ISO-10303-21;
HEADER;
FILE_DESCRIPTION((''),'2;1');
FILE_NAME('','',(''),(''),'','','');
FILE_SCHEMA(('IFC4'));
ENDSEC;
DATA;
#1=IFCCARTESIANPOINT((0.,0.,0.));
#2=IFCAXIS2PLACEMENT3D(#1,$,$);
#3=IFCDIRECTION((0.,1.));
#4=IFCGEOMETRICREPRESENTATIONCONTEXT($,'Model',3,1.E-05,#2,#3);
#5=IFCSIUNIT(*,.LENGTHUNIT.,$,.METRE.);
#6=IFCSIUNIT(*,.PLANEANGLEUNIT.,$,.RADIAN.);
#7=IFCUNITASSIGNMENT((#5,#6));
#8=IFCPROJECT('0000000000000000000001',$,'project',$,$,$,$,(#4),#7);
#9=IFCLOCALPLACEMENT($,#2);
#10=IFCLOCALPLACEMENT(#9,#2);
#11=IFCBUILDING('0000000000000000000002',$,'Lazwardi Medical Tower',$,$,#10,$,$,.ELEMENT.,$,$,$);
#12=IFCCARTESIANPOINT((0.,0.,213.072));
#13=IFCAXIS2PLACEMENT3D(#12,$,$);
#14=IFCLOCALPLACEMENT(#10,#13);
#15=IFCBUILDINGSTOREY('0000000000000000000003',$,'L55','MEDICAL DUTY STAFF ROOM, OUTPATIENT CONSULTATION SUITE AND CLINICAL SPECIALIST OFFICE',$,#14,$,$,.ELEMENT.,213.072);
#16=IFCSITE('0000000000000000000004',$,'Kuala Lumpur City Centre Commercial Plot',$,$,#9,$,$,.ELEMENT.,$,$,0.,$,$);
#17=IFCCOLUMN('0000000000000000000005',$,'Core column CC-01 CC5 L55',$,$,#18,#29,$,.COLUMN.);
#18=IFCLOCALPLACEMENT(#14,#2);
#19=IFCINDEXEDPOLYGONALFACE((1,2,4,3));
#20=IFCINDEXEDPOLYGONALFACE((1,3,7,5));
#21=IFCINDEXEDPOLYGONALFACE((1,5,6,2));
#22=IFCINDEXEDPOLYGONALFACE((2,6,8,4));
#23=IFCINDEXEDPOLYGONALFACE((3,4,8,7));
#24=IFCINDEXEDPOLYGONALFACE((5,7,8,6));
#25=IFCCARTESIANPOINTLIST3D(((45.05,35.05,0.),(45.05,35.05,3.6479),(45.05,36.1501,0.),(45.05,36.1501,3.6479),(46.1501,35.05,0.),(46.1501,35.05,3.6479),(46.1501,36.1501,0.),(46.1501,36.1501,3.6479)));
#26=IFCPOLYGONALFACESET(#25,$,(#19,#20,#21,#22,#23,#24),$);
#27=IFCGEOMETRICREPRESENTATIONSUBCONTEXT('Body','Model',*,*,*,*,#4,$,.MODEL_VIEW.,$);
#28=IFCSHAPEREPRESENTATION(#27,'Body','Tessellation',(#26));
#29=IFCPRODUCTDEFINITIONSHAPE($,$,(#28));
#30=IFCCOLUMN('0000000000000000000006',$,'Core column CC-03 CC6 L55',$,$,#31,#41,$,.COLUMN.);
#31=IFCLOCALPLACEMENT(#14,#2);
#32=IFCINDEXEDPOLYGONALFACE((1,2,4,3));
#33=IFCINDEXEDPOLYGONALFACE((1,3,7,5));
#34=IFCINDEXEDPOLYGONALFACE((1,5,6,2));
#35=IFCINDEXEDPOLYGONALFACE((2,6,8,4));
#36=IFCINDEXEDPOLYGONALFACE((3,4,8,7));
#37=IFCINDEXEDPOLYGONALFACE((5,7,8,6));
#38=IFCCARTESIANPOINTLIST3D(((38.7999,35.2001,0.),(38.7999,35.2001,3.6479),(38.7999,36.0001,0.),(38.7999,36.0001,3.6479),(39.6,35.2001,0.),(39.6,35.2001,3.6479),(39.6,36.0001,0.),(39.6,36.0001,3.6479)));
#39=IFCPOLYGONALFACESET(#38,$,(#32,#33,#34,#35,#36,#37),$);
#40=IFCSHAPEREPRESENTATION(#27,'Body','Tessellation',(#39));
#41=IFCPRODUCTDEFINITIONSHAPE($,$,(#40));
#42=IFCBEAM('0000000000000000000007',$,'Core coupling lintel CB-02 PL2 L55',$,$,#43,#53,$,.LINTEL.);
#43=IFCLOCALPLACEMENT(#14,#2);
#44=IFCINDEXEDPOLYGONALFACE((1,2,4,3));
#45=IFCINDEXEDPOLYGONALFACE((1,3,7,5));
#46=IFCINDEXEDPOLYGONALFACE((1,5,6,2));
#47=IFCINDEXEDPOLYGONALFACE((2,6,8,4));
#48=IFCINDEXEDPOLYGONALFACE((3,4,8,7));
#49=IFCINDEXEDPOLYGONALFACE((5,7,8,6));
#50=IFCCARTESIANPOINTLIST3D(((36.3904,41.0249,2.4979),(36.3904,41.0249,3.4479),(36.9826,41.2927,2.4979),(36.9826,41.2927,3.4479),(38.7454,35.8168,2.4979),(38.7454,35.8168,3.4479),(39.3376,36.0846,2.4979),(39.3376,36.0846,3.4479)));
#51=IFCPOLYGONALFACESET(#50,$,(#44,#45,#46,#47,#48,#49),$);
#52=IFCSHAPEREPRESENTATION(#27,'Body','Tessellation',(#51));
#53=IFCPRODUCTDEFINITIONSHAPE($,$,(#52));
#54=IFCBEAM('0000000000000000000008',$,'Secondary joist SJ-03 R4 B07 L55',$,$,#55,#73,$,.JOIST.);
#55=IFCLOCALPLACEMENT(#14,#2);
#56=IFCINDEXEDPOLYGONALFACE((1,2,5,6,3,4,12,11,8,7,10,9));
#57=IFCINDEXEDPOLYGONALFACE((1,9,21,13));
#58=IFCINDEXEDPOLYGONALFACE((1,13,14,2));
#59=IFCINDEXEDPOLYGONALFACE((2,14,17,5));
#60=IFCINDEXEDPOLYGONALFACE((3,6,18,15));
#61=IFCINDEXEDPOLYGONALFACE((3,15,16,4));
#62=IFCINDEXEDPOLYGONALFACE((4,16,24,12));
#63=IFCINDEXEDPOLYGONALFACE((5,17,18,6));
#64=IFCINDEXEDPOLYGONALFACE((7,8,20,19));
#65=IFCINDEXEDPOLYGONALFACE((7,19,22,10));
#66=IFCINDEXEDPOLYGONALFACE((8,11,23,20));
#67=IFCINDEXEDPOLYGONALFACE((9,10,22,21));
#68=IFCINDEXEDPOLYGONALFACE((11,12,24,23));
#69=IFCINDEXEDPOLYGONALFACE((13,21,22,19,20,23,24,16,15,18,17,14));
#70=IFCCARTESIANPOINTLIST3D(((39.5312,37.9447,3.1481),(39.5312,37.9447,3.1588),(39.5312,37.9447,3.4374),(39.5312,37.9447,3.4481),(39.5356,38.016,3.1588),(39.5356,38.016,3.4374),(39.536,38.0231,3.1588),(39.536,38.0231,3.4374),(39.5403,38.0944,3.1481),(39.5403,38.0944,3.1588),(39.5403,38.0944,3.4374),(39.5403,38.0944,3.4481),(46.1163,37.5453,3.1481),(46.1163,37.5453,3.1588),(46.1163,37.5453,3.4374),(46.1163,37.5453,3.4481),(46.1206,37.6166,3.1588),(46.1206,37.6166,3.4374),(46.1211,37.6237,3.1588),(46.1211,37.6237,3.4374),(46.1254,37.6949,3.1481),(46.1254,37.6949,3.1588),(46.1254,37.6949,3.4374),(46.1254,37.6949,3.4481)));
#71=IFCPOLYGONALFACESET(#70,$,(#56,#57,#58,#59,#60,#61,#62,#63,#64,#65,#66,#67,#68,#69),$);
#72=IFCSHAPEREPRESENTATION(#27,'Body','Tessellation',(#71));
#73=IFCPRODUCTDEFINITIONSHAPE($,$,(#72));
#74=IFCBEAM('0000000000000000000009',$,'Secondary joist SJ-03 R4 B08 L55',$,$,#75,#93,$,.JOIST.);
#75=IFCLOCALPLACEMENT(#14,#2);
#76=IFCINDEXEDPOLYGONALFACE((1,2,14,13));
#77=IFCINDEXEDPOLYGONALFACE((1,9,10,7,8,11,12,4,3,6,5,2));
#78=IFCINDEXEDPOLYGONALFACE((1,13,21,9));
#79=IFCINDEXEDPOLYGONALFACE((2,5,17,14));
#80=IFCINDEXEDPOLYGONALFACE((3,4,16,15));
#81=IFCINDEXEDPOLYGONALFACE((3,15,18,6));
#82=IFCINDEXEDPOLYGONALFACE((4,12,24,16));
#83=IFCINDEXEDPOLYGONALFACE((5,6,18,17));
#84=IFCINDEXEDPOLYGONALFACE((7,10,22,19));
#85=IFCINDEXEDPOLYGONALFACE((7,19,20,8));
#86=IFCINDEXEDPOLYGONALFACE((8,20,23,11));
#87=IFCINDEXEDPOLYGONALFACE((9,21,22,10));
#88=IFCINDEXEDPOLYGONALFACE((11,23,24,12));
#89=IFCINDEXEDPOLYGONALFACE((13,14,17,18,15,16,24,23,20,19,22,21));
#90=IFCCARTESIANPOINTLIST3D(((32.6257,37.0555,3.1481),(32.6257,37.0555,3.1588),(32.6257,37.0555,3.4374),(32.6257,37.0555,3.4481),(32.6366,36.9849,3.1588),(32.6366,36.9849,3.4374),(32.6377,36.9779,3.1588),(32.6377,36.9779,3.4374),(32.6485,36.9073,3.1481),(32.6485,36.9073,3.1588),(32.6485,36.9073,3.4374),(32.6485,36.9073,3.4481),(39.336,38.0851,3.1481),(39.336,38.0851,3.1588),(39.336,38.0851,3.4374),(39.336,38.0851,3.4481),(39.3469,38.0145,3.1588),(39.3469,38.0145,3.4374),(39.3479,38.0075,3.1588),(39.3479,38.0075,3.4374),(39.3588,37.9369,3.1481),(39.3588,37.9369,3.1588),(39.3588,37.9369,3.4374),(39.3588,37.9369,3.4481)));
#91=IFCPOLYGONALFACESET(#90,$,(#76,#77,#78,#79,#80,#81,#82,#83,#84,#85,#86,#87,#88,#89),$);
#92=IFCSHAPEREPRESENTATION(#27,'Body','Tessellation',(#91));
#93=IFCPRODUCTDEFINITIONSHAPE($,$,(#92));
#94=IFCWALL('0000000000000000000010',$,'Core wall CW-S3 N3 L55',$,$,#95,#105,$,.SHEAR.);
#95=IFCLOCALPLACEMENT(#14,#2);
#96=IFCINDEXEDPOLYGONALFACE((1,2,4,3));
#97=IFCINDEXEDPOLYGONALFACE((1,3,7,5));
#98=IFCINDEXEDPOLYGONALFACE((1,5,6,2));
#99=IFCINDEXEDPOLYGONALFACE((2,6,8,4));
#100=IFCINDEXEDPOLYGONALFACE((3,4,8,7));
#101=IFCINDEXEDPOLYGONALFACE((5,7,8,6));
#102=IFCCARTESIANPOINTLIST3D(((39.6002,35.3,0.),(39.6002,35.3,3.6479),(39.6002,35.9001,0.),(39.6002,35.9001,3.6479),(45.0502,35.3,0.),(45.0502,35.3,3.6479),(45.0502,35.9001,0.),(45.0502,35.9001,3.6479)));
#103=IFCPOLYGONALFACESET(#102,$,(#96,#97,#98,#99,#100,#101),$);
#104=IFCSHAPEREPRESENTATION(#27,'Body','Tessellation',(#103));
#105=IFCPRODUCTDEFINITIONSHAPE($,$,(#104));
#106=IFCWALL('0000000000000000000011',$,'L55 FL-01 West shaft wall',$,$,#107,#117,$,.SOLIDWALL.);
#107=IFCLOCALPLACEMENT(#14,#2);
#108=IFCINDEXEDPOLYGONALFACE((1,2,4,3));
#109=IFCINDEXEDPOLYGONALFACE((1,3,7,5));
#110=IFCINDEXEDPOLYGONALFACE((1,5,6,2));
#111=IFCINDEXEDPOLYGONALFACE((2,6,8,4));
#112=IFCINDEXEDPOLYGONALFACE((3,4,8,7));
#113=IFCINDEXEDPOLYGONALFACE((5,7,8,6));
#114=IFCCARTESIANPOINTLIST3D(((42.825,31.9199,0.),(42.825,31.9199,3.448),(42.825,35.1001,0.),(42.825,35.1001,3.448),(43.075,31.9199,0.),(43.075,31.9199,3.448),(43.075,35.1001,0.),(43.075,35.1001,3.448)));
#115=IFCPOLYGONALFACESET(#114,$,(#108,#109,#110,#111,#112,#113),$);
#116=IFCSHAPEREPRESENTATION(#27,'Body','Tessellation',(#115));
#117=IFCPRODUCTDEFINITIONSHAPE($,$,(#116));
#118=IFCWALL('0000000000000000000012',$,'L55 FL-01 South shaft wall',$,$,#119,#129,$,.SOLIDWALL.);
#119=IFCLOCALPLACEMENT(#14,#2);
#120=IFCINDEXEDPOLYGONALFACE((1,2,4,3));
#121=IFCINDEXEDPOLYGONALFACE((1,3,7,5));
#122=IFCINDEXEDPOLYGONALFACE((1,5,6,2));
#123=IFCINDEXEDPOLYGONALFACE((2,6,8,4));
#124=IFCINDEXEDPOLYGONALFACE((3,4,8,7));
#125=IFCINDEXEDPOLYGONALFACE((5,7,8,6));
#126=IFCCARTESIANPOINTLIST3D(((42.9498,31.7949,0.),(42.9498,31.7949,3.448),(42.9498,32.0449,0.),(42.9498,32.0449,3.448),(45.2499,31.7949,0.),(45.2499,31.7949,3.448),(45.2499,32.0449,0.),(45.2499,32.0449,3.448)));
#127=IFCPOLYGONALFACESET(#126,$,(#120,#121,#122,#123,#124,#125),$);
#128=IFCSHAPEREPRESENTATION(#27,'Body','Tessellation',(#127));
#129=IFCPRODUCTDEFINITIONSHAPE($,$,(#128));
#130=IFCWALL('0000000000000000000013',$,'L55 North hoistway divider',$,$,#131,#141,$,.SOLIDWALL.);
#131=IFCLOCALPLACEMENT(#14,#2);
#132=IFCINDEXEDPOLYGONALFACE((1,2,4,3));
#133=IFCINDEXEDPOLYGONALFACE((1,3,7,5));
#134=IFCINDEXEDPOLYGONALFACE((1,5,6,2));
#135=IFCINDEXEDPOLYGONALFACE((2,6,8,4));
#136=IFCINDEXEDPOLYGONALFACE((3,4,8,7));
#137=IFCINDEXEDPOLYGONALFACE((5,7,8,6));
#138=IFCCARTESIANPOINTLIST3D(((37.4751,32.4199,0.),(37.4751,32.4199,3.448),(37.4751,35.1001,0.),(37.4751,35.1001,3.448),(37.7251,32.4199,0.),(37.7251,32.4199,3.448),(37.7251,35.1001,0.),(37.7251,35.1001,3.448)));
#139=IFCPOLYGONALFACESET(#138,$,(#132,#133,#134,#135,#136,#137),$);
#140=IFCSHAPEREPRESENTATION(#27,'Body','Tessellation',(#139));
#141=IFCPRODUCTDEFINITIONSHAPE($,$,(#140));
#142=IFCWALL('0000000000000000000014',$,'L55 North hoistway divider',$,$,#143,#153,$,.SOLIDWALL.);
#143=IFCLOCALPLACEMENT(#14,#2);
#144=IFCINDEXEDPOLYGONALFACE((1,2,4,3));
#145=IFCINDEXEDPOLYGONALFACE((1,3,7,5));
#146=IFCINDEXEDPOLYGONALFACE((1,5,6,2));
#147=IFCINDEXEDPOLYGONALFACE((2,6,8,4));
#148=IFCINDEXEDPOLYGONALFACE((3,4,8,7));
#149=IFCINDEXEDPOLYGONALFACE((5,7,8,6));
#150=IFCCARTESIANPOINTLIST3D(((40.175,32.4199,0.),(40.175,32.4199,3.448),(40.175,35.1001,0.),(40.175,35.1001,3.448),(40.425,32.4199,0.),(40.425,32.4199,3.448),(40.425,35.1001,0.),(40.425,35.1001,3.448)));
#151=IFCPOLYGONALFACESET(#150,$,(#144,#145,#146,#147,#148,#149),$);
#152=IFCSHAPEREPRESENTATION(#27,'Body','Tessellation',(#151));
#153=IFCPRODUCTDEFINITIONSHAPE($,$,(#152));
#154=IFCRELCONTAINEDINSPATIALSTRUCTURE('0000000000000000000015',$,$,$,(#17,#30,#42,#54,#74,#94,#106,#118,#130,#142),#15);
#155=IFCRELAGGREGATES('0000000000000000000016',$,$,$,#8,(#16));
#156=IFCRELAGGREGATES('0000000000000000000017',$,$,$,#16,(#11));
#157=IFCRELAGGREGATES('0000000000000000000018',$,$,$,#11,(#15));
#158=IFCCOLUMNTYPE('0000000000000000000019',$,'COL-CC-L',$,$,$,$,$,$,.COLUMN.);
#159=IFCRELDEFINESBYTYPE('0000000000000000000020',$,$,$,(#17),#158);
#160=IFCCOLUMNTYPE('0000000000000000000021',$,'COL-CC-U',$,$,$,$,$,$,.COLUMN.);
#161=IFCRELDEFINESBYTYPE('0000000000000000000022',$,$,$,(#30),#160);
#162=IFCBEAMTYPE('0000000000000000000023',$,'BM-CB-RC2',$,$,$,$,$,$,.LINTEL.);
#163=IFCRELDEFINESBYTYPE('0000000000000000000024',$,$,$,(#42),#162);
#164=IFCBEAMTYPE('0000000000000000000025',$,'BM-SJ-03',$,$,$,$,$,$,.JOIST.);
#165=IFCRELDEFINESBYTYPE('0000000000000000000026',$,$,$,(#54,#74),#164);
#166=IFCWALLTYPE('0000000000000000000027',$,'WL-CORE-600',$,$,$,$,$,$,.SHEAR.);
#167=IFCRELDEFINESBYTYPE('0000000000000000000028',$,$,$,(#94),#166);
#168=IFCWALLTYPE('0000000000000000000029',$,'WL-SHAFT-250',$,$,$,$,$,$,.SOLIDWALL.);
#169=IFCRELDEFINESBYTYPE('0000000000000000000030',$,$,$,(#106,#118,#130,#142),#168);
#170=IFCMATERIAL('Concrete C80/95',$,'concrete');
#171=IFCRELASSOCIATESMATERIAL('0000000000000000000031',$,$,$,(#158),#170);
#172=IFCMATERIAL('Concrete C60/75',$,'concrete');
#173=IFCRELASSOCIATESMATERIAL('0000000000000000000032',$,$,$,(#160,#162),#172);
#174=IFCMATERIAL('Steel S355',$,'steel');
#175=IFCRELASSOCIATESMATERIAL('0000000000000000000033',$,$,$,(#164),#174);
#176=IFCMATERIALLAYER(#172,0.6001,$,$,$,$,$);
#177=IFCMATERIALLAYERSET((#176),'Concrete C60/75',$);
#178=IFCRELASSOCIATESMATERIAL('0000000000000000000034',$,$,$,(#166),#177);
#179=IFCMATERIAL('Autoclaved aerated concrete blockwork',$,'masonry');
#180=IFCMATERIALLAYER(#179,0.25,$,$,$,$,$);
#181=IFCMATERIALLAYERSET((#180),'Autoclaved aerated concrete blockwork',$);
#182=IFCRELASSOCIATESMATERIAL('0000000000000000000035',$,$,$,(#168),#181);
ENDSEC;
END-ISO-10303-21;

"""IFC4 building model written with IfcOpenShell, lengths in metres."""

from ifc_helpers import new_model, si_unit, direction, frame, frame_2d, origin, origin_2d, place, context, subcontext, project, spatial, rectangle, i_section, extrude, material, layer, layer_set, material_profile, profile_set, type_object, element, save


model = new_model("IFC4")

# Units and contexts
model_context = context("Model", 3, precision=1e-05, world=origin(), true_north=direction((0.0, 1.0)))
body_context = subcontext(model_context, "Body", "Model", "MODEL_VIEW")
ifc_project = project(units=[si_unit("LENGTHUNIT", "METRE"), si_unit("PLANEANGLEUNIT", "RADIAN")], contexts=[model_context])

# Site, building, storey
site_placement = place(None, origin())
site = spatial("IfcSite", under=ifc_project, at=site_placement, Name="Kuala Lumpur City Centre Commercial Plot", CompositionType="ELEMENT", RefElevation=0.0)
building_placement = place(site_placement, origin())
building = spatial("IfcBuilding", under=site, at=building_placement, Name="Lazwardi Medical Tower", CompositionType="ELEMENT")
storey_placement = place(building_placement, frame((0.0, 0.0, 213.072)))
storey = spatial("IfcBuildingStorey", under=building, at=storey_placement, Name="L55", Description="MEDICAL DUTY STAFF ROOM, OUTPATIENT CONSULTATION SUITE AND CLINICAL SPECIALIST OFFICE", CompositionType="ELEMENT", Elevation=213.072)

# Columns
ifc_material_1 = material(Name="Concrete C80/95", Category="concrete")
ifc_material_profile_1 = material_profile(ifc_material_1, rectangle(XDim=1.1001, YDim=1.1001, at=origin_2d()), Name="RC 1100x1100")
ifc_profile_set_1 = profile_set([ifc_material_profile_1], Name="Concrete C80/95")
column_type_1 = type_object("IfcColumnType", Name="COL-CC-L", PredefinedType="COLUMN", material=ifc_profile_set_1)
column_1_placement = place(storey_placement, frame((45.6001, 35.6001, 0.0), z_axis=(0.0, 0.0, 1.0), x_axis=(1.0, 0.0, 0.0)))
element("IfcColumn", 1, at=column_1_placement, inside=storey, type_object=column_type_1, Name="Core column CC-01 CC5 L55", PredefinedType="COLUMN", context=body_context, shape_type="SweptSolid", body=[
    extrude(rectangle(XDim=1.1001, YDim=1.1001, at=origin_2d()), origin(), (0.0, 0.0, 1.0), 3.6479),
])
ifc_material_2 = material(Name="Concrete C60/75", Category="concrete")
ifc_material_profile_2 = material_profile(ifc_material_2, rectangle(XDim=0.8, YDim=0.8, at=origin_2d()), Name="RC 800x800")
ifc_profile_set_2 = profile_set([ifc_material_profile_2], Name="Concrete C60/75")
column_type_2 = type_object("IfcColumnType", Name="COL-CC-U", PredefinedType="COLUMN", material=ifc_profile_set_2)
column_2_placement = place(storey_placement, frame((39.2, 35.6001, 0.0), z_axis=(0.0, 0.0, 1.0), x_axis=(1.0, 0.0, 0.0)))
element("IfcColumn", 2, at=column_2_placement, inside=storey, type_object=column_type_2, Name="Core column CC-03 CC6 L55", PredefinedType="COLUMN", context=body_context, shape_type="SweptSolid", body=[
    extrude(rectangle(XDim=0.8, YDim=0.8, at=origin_2d()), origin(), (0.0, 0.0, 1.0), 3.6479),
])

# Beams
ifc_material_profile_3 = material_profile(ifc_material_2, rectangle(XDim=0.6499, YDim=0.95, at=origin_2d()), Name="RC 650x950")
ifc_profile_set_3 = profile_set([ifc_material_profile_3], Name="Concrete C60/75")
beam_type_1 = type_object("IfcBeamType", Name="BM-CB-RC2", PredefinedType="LINTEL", material=ifc_profile_set_3)
beam_1_placement = place(storey_placement, frame((39.0415, 35.9507, 2.9729), z_axis=(-0.412019, 0.911175, 0.0), x_axis=(-0.911175, -0.412019, 0.0)))
element("IfcBeam", 3, at=beam_1_placement, inside=storey, type_object=beam_type_1, Name="Core coupling lintel CB-02 PL2 L55", PredefinedType="LINTEL", context=body_context, shape_type="SweptSolid", body=[
    extrude(rectangle(XDim=0.6499, YDim=0.95, at=origin_2d()), origin(), (0.0, 0.0, 1.0), 5.7158),
])
ifc_material_3 = material(Name="Steel S355", Category="steel")
ifc_material_profile_4 = material_profile(ifc_material_3, i_section(OverallWidth=0.1499, OverallDepth=0.3, WebThickness=0.0071, FlangeThickness=0.0107, at=origin_2d()), Name="IPE 300")
ifc_profile_set_4 = profile_set([ifc_material_profile_4], Name="Steel S355")
beam_type_2 = type_object("IfcBeamType", Name="BM-SJ-03", PredefinedType="JOIST", material=ifc_profile_set_4)
beam_2_placement = place(storey_placement, frame((46.1208, 37.6201, 3.2981), z_axis=(-0.998166, 0.060544, 0.0), x_axis=(-0.060544, -0.998166, 0.0)))
element("IfcBeam", 4, at=beam_2_placement, inside=storey, type_object=beam_type_2, Name="Secondary joist SJ-03 R4 B07 L55", PredefinedType="JOIST", context=body_context, shape_type="SweptSolid", body=[
    extrude(i_section(OverallWidth=0.1499, OverallDepth=0.3, WebThickness=0.0071, FlangeThickness=0.0107, at=origin_2d()), origin(), (0.0, 0.0, 1.0), 6.5972),
])
beam_3_placement = place(storey_placement, frame((39.3474, 38.011, 3.2981), z_axis=(-0.988434, -0.151655, 0.0), x_axis=(0.151655, -0.988434, 0.0)))
element("IfcBeam", 5, at=beam_3_placement, inside=storey, type_object=beam_type_2, Name="Secondary joist SJ-03 R4 B08 L55", PredefinedType="JOIST", context=body_context, shape_type="SweptSolid", body=[
    extrude(i_section(OverallWidth=0.1499, OverallDepth=0.3, WebThickness=0.0071, FlangeThickness=0.0107, at=origin_2d()), origin(), (0.0, 0.0, 1.0), 6.7888),
])

# Walls
ifc_layer_1 = layer(ifc_material_2, 0.6001)
ifc_layer_set_1 = layer_set([ifc_layer_1], Name="Concrete C60/75")
wall_type_1 = type_object("IfcWallType", Name="WL-CORE-600", PredefinedType="SHEAR", material=ifc_layer_set_1)
wall_1_placement = place(storey_placement, frame((39.6001, 35.6001, 0.0), z_axis=(0.0, 0.0, 1.0), x_axis=(1.0, 0.0, 0.0)))
element("IfcWall", 6, at=wall_1_placement, inside=storey, type_object=wall_type_1, Name="Core wall CW-S3 N3 L55", PredefinedType="SHEAR", context=body_context, shape_type="SweptSolid", body=[
    extrude(rectangle(XDim=5.45, YDim=0.6001, at=frame_2d((2.7251, 0.0))), origin(), (0.0, 0.0, 1.0), 3.6479),
])
ifc_material_4 = material(Name="Autoclaved aerated concrete blockwork", Category="masonry")
ifc_layer_2 = layer(ifc_material_4, 0.25)
ifc_layer_set_2 = layer_set([ifc_layer_2], Name="Autoclaved aerated concrete blockwork")
wall_type_2 = type_object("IfcWallType", Name="WL-SHAFT-250", PredefinedType="SOLIDWALL", material=ifc_layer_set_2)
wall_2_placement = place(storey_placement, frame((42.95, 31.9199, 0.0), z_axis=(0.0, 0.0, 1.0), x_axis=(0.0, 1.0, 0.0)))
element("IfcWall", 7, at=wall_2_placement, inside=storey, type_object=wall_type_2, Name="L55 FL-01 West shaft wall", PredefinedType="SOLIDWALL", context=body_context, shape_type="SweptSolid", body=[
    extrude(rectangle(XDim=3.1802, YDim=0.25, at=frame_2d((1.5901, 0.0))), origin(), (0.0, 0.0, 1.0), 3.448),
])
wall_3_placement = place(storey_placement, frame((42.95, 31.9199, 0.0), z_axis=(0.0, 0.0, 1.0), x_axis=(1.0, 0.0, 0.0)))
element("IfcWall", 8, at=wall_3_placement, inside=storey, type_object=wall_type_2, Name="L55 FL-01 South shaft wall", PredefinedType="SOLIDWALL", context=body_context, shape_type="SweptSolid", body=[
    extrude(rectangle(XDim=2.3, YDim=0.25, at=frame_2d((1.1499, 0.0))), origin(), (0.0, 0.0, 1.0), 3.448),
])
for number, where, z_axis, x_axis, name in (
    (9, (37.6001, 32.4199, 0.0), (0.0, 0.0, 1.0), (0.0, 1.0, 0.0), "L55 North hoistway divider"),
    (10, (40.3, 32.4199, 0.0), (0.0, 0.0, 1.0), (0.0, 1.0, 0.0), "L55 North hoistway divider"),
):
    element("IfcWall", number, at=place(storey_placement, frame(where, z_axis=z_axis, x_axis=x_axis)), inside=storey, type_object=wall_type_2, Name=name, PredefinedType="SOLIDWALL", context=body_context, shape_type="SweptSolid", body=[
        extrude(rectangle(XDim=2.6802, YDim=0.25, at=frame_2d((1.3401, 0.0))), origin(), (0.0, 0.0, 1.0), 3.448),
    ])

save(model, "model.ifc")
